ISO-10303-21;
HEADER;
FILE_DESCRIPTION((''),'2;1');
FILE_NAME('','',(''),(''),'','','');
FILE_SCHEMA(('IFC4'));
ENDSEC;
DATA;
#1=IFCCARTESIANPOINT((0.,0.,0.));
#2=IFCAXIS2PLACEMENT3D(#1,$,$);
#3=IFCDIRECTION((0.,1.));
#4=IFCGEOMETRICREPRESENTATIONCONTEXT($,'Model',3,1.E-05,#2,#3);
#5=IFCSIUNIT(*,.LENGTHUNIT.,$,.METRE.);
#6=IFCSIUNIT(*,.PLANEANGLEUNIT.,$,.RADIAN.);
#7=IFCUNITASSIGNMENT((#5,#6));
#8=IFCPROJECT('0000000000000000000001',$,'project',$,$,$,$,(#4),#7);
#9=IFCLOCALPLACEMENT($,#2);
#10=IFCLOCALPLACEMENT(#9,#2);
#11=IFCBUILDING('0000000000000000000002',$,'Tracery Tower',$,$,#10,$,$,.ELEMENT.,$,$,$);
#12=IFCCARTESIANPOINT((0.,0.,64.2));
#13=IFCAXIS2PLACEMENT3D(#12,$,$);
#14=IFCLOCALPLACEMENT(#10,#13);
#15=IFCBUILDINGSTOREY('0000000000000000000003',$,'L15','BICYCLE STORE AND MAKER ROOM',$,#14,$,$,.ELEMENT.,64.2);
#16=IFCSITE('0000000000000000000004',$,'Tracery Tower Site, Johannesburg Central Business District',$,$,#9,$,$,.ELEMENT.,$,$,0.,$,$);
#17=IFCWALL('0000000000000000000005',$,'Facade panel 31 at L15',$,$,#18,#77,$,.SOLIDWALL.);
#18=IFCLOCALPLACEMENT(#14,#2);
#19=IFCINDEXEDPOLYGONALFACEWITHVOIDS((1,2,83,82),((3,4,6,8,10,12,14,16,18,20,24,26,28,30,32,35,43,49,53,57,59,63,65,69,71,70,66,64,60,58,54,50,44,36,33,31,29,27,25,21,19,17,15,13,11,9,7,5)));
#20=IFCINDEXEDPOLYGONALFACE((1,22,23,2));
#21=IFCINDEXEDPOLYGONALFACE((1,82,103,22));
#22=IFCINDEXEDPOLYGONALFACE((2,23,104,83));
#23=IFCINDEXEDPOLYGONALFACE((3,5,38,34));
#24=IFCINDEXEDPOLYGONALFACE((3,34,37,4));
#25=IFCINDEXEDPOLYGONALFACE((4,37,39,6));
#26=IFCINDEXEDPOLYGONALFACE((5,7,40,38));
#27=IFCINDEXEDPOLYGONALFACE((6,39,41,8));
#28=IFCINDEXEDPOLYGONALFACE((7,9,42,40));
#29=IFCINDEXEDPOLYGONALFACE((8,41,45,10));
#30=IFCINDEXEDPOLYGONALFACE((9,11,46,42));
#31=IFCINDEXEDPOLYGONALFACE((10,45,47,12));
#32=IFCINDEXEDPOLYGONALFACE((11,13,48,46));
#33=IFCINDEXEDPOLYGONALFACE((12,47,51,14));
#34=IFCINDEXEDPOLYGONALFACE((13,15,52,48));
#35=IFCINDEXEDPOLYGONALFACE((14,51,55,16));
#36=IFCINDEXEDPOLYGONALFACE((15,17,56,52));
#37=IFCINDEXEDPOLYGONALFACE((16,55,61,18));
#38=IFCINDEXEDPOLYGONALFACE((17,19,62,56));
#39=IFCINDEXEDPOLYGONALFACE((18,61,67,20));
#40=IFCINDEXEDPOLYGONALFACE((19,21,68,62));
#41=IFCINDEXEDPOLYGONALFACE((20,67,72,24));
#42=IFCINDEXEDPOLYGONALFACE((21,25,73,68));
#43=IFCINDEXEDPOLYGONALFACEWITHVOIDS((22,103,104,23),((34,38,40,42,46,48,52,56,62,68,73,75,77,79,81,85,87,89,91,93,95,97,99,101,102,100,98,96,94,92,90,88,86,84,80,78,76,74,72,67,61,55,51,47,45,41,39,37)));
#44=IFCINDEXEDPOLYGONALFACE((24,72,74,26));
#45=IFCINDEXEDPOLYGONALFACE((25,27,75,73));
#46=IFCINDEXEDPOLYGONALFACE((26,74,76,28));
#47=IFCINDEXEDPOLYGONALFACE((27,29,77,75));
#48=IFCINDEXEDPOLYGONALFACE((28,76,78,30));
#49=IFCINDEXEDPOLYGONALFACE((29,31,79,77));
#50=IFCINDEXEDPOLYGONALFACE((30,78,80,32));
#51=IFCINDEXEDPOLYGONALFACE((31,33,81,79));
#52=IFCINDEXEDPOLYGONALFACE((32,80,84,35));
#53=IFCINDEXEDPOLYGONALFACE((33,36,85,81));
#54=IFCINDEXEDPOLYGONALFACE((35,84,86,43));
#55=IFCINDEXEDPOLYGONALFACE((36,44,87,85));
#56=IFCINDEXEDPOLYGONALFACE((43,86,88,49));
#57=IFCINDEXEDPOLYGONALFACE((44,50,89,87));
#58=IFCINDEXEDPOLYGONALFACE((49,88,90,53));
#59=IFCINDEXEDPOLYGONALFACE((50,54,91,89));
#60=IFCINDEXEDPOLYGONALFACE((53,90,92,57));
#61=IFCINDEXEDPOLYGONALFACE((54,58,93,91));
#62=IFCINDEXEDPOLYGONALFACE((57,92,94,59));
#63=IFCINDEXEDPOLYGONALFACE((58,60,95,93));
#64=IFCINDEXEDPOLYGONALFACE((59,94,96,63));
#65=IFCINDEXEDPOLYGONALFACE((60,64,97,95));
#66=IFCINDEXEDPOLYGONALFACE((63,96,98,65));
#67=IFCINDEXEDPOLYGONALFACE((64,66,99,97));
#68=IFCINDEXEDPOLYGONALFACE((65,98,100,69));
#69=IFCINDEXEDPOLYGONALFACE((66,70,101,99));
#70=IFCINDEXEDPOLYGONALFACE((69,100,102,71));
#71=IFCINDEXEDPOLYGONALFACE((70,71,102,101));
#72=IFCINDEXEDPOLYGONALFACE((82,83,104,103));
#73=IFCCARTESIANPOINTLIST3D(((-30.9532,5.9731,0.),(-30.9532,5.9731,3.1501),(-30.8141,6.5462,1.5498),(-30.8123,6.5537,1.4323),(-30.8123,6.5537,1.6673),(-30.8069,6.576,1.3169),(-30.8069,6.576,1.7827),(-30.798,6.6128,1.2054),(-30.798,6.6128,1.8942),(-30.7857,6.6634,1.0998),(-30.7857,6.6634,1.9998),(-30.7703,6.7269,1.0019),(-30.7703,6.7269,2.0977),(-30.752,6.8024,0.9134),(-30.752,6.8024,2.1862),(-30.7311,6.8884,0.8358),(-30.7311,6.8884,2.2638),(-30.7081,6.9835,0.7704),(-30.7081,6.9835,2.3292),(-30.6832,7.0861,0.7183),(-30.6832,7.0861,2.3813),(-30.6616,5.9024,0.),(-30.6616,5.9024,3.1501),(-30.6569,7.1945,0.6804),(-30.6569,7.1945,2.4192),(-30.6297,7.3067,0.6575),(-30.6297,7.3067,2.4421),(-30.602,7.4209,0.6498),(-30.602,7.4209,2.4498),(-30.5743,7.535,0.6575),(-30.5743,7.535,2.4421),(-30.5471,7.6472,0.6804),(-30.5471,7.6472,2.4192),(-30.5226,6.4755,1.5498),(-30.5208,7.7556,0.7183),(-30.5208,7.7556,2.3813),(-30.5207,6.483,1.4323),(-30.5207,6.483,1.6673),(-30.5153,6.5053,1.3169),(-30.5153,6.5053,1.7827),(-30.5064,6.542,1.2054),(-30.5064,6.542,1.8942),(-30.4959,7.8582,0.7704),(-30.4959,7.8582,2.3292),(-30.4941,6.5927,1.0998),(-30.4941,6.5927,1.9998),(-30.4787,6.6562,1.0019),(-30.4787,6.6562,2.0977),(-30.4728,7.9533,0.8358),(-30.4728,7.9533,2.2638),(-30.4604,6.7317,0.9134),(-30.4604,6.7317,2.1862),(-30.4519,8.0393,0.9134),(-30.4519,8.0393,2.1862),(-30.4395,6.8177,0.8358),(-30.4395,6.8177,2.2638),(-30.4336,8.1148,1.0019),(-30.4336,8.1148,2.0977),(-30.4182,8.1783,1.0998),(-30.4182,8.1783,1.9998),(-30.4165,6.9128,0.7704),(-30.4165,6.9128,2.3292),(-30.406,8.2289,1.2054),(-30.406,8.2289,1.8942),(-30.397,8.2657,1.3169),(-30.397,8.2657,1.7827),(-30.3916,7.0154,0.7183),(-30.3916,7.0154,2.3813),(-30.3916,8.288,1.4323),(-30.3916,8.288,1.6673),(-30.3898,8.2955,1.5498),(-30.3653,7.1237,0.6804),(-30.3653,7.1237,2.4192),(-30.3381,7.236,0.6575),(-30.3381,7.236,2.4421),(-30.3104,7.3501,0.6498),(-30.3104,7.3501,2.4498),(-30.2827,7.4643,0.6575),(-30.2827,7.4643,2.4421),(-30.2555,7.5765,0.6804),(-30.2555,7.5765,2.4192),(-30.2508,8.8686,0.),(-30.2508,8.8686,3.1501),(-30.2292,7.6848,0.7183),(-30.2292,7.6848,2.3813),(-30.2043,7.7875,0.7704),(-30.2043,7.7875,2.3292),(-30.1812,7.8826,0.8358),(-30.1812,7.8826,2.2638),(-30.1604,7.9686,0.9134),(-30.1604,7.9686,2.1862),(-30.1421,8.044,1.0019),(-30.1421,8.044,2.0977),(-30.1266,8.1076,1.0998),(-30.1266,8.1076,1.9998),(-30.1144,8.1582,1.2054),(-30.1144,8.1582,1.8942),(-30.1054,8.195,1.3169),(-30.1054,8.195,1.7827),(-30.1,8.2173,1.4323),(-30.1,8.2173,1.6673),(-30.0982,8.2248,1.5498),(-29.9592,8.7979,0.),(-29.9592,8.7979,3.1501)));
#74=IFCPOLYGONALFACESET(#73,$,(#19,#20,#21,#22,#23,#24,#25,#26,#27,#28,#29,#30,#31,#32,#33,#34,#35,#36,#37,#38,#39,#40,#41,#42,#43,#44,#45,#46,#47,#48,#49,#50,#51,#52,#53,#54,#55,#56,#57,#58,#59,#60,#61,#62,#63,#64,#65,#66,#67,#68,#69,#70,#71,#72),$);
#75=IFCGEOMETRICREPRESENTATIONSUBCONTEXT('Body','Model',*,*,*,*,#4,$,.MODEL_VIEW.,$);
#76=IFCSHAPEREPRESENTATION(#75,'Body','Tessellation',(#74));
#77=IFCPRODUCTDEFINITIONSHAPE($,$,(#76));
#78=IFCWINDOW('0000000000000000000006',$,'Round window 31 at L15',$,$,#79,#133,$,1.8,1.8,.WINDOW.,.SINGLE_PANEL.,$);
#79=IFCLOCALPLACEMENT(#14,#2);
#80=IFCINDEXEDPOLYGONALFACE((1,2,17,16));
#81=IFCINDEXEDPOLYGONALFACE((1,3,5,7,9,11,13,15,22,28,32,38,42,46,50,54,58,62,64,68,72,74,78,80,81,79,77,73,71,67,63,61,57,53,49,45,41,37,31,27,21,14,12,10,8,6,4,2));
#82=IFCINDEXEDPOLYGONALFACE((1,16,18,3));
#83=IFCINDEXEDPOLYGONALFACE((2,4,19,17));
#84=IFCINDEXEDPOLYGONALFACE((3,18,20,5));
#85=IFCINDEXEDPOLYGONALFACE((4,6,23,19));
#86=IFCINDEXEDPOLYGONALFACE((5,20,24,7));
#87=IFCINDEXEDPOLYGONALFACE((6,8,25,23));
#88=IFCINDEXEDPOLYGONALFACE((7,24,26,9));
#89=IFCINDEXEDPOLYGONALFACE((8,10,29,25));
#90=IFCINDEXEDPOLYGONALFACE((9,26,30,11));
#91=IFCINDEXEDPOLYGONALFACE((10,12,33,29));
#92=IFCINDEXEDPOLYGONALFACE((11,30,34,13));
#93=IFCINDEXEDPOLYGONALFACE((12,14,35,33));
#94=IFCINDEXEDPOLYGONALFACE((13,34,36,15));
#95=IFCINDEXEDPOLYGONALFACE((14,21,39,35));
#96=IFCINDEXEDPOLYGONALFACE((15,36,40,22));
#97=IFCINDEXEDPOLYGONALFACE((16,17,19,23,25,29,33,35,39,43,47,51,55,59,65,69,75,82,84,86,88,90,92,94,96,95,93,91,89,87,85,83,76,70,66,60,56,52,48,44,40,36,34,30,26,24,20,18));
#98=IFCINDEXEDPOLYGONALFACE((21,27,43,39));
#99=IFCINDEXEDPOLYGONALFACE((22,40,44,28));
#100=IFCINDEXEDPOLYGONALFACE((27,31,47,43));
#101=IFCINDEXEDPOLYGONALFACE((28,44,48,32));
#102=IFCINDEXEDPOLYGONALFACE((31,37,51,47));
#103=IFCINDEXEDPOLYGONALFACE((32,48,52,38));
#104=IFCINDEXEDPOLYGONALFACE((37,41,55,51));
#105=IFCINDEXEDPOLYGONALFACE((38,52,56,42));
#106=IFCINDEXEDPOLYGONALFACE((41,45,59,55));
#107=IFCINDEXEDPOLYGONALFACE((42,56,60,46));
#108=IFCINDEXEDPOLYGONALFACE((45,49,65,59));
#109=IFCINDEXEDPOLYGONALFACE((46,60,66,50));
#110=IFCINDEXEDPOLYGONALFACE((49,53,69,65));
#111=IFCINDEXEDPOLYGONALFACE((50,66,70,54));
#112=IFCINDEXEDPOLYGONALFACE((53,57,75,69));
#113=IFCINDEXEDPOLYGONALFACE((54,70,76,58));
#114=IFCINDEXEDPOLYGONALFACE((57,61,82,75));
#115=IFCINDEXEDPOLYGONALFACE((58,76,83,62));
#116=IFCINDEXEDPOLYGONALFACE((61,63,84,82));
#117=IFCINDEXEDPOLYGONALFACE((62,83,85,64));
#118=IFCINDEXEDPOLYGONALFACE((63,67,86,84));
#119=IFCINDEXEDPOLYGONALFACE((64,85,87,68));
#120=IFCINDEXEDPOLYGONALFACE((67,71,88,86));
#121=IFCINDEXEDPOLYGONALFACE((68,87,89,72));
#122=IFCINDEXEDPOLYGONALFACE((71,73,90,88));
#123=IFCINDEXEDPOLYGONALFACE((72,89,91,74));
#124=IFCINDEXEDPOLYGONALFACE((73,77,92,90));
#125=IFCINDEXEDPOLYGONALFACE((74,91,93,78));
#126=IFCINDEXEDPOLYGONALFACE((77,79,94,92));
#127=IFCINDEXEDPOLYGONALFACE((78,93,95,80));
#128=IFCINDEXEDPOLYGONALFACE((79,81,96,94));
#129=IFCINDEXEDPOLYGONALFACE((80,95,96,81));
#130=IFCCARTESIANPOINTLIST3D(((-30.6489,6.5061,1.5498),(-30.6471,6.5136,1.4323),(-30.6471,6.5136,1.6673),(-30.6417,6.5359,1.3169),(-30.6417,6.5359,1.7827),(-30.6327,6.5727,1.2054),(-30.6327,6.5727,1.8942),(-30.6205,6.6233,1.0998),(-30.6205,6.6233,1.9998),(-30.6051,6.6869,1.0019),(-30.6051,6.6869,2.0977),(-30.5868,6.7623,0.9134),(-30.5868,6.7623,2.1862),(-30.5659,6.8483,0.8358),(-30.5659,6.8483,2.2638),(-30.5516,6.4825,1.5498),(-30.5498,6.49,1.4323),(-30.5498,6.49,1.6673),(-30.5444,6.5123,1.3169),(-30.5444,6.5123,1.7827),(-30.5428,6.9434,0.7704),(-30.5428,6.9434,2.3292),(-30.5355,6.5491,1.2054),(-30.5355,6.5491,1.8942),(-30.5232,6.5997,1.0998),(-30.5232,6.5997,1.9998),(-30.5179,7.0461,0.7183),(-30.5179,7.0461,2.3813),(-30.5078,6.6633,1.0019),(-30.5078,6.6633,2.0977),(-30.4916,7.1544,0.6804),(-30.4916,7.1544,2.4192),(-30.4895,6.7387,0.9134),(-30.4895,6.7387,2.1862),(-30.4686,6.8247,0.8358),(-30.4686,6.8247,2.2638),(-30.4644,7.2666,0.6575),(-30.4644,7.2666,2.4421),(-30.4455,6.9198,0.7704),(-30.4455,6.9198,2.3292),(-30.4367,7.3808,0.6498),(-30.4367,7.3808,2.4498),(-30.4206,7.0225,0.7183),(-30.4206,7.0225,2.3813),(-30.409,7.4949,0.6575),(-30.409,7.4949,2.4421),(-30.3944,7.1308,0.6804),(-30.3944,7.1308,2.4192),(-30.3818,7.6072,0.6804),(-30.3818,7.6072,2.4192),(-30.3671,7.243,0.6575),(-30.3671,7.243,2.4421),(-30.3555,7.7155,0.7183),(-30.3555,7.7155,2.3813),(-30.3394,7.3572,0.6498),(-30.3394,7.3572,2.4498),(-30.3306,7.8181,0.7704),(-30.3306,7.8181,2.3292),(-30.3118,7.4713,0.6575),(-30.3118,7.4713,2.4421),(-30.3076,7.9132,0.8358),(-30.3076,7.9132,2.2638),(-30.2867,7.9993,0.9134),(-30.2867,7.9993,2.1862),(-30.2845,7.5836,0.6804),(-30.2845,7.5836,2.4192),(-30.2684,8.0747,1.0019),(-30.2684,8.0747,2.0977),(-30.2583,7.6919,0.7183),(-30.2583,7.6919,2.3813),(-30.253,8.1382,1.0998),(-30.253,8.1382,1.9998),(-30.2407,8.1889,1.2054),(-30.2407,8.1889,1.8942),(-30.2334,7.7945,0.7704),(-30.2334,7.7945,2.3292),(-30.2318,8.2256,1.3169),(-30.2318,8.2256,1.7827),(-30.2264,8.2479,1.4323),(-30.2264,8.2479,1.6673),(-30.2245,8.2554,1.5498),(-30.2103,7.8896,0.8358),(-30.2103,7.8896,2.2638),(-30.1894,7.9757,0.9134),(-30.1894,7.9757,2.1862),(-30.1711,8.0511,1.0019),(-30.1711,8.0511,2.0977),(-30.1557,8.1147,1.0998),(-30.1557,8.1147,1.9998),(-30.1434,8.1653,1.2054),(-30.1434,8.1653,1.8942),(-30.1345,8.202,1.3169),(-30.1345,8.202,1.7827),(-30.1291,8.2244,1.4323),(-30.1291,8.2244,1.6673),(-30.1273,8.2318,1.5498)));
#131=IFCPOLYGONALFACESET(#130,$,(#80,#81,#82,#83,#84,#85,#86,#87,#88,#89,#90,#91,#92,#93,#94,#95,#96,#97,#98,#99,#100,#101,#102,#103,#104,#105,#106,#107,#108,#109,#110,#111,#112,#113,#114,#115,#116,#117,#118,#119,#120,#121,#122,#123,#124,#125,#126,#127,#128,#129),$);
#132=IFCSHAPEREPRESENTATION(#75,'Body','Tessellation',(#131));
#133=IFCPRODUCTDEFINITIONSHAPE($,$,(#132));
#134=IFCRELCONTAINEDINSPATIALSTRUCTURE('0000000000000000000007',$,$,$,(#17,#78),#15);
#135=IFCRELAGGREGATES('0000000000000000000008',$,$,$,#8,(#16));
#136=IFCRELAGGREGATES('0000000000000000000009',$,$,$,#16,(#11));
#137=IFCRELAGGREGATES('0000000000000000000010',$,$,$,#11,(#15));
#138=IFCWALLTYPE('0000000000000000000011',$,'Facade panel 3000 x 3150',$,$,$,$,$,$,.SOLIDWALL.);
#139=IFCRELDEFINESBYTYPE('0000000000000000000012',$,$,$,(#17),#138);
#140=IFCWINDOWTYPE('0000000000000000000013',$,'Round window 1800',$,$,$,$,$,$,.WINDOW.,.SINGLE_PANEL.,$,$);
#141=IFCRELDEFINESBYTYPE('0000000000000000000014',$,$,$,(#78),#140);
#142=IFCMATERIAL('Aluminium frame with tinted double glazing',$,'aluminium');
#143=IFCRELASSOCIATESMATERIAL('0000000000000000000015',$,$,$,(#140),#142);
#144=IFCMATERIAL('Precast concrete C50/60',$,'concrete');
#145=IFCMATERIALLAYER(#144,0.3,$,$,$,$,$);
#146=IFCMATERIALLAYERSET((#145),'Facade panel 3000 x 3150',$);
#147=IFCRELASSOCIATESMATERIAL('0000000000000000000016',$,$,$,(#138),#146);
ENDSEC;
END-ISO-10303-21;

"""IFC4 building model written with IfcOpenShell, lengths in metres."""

from ifc_helpers import new_model, si_unit, direction, frame, frame_2d, origin, origin_2d, place, context, subcontext, project, spatial, rectangle, circle, extrude, material, layer, layer_set, type_object, element, fill, save


model = new_model("IFC4")

# Units and contexts
model_context = context("Model", 3, precision=1e-05, world=origin(), true_north=direction((0.0, 1.0)))
body_context = subcontext(model_context, "Body", "Model", "MODEL_VIEW")
ifc_project = project(units=[si_unit("LENGTHUNIT", "METRE"), si_unit("PLANEANGLEUNIT", "RADIAN")], contexts=[model_context])

# Site, building, storey
site_placement = place(None, origin())
site = spatial("IfcSite", under=ifc_project, at=site_placement, Name="Tracery Tower Site, Johannesburg Central Business District", CompositionType="ELEMENT", RefElevation=0.0)
building_placement = place(site_placement, origin())
building = spatial("IfcBuilding", under=site, at=building_placement, Name="Tracery Tower", CompositionType="ELEMENT")
storey_placement = place(building_placement, frame((0.0, 0.0, 64.2)))
storey = spatial("IfcBuildingStorey", under=building, at=storey_placement, Name="L15", Description="BICYCLE STORE AND MAKER ROOM", CompositionType="ELEMENT", Elevation=64.2)

# Wall, opening, window
ifc_material_1 = material(Name="Aluminium frame with tinted double glazing", Category="aluminium")
window_type = type_object("IfcWindowType", Name="Round window 1800", PartitioningType="SINGLE_PANEL", PredefinedType="WINDOW", material=ifc_material_1)
ifc_material_2 = material(Name="Precast concrete C50/60", Category="concrete")
ifc_layer_1 = layer(ifc_material_2, 0.3)
ifc_layer_set_1 = layer_set([ifc_layer_1], Name="Facade panel 3000 x 3150")
wall_type_1 = type_object("IfcWallType", Name="Facade panel 3000 x 3150", PredefinedType="SOLIDWALL", material=ifc_layer_set_1)
wall_1_placement = place(storey_placement, frame((-30.105, 8.8333, 0.0), z_axis=(0.0, 0.0, 1.0), x_axis=(-0.235743, -0.971815, 0.0)))
wall_1 = element("IfcWall", 1, at=wall_1_placement, inside=storey, type_object=wall_type_1, Name="Facade panel 31 at L15", PredefinedType="SOLIDWALL", context=body_context, shape_type="SweptSolid", body=[
    extrude(rectangle(XDim=2.9795, YDim=0.3, at=frame_2d((1.4897, 0.0))), origin(), (0.0, 0.0, 1.0), 3.1501),
])
opening_1_placement = place(wall_1_placement, frame((1.4897, 0.0, 1.5498)))
opening_1 = element("IfcOpeningElement", 2, at=opening_1_placement, cuts=wall_1, PredefinedType="OPENING", context=body_context, shape_type="SweptSolid", body=[
    extrude(circle(Radius=0.9, at=origin_2d()), frame((0.0, 0.1599, 0.0), z_axis=(0.0, -1.0, 0.0), x_axis=(1.0, 0.0, 0.0)), (0.0, 0.0, 1.0), 0.3201),
])
window_1_placement = place(opening_1_placement, origin())
window_1 = element("IfcWindow", 3, at=window_1_placement, inside=storey, type_object=window_type, Name="Round window 31 at L15", OverallHeight=1.8, OverallWidth=1.8, PartitioningType="SINGLE_PANEL", PredefinedType="WINDOW", context=body_context, shape_type="SweptSolid", body=[
    extrude(circle(Radius=0.9, at=origin_2d()), frame((0.0, 0.1201, 0.0), z_axis=(0.0, -1.0, 0.0), x_axis=(1.0, 0.0, 0.0)), (0.0, 0.0, 1.0), 0.1001),
])
fill(opening_1, window_1)

save(model, "model.ifc")
